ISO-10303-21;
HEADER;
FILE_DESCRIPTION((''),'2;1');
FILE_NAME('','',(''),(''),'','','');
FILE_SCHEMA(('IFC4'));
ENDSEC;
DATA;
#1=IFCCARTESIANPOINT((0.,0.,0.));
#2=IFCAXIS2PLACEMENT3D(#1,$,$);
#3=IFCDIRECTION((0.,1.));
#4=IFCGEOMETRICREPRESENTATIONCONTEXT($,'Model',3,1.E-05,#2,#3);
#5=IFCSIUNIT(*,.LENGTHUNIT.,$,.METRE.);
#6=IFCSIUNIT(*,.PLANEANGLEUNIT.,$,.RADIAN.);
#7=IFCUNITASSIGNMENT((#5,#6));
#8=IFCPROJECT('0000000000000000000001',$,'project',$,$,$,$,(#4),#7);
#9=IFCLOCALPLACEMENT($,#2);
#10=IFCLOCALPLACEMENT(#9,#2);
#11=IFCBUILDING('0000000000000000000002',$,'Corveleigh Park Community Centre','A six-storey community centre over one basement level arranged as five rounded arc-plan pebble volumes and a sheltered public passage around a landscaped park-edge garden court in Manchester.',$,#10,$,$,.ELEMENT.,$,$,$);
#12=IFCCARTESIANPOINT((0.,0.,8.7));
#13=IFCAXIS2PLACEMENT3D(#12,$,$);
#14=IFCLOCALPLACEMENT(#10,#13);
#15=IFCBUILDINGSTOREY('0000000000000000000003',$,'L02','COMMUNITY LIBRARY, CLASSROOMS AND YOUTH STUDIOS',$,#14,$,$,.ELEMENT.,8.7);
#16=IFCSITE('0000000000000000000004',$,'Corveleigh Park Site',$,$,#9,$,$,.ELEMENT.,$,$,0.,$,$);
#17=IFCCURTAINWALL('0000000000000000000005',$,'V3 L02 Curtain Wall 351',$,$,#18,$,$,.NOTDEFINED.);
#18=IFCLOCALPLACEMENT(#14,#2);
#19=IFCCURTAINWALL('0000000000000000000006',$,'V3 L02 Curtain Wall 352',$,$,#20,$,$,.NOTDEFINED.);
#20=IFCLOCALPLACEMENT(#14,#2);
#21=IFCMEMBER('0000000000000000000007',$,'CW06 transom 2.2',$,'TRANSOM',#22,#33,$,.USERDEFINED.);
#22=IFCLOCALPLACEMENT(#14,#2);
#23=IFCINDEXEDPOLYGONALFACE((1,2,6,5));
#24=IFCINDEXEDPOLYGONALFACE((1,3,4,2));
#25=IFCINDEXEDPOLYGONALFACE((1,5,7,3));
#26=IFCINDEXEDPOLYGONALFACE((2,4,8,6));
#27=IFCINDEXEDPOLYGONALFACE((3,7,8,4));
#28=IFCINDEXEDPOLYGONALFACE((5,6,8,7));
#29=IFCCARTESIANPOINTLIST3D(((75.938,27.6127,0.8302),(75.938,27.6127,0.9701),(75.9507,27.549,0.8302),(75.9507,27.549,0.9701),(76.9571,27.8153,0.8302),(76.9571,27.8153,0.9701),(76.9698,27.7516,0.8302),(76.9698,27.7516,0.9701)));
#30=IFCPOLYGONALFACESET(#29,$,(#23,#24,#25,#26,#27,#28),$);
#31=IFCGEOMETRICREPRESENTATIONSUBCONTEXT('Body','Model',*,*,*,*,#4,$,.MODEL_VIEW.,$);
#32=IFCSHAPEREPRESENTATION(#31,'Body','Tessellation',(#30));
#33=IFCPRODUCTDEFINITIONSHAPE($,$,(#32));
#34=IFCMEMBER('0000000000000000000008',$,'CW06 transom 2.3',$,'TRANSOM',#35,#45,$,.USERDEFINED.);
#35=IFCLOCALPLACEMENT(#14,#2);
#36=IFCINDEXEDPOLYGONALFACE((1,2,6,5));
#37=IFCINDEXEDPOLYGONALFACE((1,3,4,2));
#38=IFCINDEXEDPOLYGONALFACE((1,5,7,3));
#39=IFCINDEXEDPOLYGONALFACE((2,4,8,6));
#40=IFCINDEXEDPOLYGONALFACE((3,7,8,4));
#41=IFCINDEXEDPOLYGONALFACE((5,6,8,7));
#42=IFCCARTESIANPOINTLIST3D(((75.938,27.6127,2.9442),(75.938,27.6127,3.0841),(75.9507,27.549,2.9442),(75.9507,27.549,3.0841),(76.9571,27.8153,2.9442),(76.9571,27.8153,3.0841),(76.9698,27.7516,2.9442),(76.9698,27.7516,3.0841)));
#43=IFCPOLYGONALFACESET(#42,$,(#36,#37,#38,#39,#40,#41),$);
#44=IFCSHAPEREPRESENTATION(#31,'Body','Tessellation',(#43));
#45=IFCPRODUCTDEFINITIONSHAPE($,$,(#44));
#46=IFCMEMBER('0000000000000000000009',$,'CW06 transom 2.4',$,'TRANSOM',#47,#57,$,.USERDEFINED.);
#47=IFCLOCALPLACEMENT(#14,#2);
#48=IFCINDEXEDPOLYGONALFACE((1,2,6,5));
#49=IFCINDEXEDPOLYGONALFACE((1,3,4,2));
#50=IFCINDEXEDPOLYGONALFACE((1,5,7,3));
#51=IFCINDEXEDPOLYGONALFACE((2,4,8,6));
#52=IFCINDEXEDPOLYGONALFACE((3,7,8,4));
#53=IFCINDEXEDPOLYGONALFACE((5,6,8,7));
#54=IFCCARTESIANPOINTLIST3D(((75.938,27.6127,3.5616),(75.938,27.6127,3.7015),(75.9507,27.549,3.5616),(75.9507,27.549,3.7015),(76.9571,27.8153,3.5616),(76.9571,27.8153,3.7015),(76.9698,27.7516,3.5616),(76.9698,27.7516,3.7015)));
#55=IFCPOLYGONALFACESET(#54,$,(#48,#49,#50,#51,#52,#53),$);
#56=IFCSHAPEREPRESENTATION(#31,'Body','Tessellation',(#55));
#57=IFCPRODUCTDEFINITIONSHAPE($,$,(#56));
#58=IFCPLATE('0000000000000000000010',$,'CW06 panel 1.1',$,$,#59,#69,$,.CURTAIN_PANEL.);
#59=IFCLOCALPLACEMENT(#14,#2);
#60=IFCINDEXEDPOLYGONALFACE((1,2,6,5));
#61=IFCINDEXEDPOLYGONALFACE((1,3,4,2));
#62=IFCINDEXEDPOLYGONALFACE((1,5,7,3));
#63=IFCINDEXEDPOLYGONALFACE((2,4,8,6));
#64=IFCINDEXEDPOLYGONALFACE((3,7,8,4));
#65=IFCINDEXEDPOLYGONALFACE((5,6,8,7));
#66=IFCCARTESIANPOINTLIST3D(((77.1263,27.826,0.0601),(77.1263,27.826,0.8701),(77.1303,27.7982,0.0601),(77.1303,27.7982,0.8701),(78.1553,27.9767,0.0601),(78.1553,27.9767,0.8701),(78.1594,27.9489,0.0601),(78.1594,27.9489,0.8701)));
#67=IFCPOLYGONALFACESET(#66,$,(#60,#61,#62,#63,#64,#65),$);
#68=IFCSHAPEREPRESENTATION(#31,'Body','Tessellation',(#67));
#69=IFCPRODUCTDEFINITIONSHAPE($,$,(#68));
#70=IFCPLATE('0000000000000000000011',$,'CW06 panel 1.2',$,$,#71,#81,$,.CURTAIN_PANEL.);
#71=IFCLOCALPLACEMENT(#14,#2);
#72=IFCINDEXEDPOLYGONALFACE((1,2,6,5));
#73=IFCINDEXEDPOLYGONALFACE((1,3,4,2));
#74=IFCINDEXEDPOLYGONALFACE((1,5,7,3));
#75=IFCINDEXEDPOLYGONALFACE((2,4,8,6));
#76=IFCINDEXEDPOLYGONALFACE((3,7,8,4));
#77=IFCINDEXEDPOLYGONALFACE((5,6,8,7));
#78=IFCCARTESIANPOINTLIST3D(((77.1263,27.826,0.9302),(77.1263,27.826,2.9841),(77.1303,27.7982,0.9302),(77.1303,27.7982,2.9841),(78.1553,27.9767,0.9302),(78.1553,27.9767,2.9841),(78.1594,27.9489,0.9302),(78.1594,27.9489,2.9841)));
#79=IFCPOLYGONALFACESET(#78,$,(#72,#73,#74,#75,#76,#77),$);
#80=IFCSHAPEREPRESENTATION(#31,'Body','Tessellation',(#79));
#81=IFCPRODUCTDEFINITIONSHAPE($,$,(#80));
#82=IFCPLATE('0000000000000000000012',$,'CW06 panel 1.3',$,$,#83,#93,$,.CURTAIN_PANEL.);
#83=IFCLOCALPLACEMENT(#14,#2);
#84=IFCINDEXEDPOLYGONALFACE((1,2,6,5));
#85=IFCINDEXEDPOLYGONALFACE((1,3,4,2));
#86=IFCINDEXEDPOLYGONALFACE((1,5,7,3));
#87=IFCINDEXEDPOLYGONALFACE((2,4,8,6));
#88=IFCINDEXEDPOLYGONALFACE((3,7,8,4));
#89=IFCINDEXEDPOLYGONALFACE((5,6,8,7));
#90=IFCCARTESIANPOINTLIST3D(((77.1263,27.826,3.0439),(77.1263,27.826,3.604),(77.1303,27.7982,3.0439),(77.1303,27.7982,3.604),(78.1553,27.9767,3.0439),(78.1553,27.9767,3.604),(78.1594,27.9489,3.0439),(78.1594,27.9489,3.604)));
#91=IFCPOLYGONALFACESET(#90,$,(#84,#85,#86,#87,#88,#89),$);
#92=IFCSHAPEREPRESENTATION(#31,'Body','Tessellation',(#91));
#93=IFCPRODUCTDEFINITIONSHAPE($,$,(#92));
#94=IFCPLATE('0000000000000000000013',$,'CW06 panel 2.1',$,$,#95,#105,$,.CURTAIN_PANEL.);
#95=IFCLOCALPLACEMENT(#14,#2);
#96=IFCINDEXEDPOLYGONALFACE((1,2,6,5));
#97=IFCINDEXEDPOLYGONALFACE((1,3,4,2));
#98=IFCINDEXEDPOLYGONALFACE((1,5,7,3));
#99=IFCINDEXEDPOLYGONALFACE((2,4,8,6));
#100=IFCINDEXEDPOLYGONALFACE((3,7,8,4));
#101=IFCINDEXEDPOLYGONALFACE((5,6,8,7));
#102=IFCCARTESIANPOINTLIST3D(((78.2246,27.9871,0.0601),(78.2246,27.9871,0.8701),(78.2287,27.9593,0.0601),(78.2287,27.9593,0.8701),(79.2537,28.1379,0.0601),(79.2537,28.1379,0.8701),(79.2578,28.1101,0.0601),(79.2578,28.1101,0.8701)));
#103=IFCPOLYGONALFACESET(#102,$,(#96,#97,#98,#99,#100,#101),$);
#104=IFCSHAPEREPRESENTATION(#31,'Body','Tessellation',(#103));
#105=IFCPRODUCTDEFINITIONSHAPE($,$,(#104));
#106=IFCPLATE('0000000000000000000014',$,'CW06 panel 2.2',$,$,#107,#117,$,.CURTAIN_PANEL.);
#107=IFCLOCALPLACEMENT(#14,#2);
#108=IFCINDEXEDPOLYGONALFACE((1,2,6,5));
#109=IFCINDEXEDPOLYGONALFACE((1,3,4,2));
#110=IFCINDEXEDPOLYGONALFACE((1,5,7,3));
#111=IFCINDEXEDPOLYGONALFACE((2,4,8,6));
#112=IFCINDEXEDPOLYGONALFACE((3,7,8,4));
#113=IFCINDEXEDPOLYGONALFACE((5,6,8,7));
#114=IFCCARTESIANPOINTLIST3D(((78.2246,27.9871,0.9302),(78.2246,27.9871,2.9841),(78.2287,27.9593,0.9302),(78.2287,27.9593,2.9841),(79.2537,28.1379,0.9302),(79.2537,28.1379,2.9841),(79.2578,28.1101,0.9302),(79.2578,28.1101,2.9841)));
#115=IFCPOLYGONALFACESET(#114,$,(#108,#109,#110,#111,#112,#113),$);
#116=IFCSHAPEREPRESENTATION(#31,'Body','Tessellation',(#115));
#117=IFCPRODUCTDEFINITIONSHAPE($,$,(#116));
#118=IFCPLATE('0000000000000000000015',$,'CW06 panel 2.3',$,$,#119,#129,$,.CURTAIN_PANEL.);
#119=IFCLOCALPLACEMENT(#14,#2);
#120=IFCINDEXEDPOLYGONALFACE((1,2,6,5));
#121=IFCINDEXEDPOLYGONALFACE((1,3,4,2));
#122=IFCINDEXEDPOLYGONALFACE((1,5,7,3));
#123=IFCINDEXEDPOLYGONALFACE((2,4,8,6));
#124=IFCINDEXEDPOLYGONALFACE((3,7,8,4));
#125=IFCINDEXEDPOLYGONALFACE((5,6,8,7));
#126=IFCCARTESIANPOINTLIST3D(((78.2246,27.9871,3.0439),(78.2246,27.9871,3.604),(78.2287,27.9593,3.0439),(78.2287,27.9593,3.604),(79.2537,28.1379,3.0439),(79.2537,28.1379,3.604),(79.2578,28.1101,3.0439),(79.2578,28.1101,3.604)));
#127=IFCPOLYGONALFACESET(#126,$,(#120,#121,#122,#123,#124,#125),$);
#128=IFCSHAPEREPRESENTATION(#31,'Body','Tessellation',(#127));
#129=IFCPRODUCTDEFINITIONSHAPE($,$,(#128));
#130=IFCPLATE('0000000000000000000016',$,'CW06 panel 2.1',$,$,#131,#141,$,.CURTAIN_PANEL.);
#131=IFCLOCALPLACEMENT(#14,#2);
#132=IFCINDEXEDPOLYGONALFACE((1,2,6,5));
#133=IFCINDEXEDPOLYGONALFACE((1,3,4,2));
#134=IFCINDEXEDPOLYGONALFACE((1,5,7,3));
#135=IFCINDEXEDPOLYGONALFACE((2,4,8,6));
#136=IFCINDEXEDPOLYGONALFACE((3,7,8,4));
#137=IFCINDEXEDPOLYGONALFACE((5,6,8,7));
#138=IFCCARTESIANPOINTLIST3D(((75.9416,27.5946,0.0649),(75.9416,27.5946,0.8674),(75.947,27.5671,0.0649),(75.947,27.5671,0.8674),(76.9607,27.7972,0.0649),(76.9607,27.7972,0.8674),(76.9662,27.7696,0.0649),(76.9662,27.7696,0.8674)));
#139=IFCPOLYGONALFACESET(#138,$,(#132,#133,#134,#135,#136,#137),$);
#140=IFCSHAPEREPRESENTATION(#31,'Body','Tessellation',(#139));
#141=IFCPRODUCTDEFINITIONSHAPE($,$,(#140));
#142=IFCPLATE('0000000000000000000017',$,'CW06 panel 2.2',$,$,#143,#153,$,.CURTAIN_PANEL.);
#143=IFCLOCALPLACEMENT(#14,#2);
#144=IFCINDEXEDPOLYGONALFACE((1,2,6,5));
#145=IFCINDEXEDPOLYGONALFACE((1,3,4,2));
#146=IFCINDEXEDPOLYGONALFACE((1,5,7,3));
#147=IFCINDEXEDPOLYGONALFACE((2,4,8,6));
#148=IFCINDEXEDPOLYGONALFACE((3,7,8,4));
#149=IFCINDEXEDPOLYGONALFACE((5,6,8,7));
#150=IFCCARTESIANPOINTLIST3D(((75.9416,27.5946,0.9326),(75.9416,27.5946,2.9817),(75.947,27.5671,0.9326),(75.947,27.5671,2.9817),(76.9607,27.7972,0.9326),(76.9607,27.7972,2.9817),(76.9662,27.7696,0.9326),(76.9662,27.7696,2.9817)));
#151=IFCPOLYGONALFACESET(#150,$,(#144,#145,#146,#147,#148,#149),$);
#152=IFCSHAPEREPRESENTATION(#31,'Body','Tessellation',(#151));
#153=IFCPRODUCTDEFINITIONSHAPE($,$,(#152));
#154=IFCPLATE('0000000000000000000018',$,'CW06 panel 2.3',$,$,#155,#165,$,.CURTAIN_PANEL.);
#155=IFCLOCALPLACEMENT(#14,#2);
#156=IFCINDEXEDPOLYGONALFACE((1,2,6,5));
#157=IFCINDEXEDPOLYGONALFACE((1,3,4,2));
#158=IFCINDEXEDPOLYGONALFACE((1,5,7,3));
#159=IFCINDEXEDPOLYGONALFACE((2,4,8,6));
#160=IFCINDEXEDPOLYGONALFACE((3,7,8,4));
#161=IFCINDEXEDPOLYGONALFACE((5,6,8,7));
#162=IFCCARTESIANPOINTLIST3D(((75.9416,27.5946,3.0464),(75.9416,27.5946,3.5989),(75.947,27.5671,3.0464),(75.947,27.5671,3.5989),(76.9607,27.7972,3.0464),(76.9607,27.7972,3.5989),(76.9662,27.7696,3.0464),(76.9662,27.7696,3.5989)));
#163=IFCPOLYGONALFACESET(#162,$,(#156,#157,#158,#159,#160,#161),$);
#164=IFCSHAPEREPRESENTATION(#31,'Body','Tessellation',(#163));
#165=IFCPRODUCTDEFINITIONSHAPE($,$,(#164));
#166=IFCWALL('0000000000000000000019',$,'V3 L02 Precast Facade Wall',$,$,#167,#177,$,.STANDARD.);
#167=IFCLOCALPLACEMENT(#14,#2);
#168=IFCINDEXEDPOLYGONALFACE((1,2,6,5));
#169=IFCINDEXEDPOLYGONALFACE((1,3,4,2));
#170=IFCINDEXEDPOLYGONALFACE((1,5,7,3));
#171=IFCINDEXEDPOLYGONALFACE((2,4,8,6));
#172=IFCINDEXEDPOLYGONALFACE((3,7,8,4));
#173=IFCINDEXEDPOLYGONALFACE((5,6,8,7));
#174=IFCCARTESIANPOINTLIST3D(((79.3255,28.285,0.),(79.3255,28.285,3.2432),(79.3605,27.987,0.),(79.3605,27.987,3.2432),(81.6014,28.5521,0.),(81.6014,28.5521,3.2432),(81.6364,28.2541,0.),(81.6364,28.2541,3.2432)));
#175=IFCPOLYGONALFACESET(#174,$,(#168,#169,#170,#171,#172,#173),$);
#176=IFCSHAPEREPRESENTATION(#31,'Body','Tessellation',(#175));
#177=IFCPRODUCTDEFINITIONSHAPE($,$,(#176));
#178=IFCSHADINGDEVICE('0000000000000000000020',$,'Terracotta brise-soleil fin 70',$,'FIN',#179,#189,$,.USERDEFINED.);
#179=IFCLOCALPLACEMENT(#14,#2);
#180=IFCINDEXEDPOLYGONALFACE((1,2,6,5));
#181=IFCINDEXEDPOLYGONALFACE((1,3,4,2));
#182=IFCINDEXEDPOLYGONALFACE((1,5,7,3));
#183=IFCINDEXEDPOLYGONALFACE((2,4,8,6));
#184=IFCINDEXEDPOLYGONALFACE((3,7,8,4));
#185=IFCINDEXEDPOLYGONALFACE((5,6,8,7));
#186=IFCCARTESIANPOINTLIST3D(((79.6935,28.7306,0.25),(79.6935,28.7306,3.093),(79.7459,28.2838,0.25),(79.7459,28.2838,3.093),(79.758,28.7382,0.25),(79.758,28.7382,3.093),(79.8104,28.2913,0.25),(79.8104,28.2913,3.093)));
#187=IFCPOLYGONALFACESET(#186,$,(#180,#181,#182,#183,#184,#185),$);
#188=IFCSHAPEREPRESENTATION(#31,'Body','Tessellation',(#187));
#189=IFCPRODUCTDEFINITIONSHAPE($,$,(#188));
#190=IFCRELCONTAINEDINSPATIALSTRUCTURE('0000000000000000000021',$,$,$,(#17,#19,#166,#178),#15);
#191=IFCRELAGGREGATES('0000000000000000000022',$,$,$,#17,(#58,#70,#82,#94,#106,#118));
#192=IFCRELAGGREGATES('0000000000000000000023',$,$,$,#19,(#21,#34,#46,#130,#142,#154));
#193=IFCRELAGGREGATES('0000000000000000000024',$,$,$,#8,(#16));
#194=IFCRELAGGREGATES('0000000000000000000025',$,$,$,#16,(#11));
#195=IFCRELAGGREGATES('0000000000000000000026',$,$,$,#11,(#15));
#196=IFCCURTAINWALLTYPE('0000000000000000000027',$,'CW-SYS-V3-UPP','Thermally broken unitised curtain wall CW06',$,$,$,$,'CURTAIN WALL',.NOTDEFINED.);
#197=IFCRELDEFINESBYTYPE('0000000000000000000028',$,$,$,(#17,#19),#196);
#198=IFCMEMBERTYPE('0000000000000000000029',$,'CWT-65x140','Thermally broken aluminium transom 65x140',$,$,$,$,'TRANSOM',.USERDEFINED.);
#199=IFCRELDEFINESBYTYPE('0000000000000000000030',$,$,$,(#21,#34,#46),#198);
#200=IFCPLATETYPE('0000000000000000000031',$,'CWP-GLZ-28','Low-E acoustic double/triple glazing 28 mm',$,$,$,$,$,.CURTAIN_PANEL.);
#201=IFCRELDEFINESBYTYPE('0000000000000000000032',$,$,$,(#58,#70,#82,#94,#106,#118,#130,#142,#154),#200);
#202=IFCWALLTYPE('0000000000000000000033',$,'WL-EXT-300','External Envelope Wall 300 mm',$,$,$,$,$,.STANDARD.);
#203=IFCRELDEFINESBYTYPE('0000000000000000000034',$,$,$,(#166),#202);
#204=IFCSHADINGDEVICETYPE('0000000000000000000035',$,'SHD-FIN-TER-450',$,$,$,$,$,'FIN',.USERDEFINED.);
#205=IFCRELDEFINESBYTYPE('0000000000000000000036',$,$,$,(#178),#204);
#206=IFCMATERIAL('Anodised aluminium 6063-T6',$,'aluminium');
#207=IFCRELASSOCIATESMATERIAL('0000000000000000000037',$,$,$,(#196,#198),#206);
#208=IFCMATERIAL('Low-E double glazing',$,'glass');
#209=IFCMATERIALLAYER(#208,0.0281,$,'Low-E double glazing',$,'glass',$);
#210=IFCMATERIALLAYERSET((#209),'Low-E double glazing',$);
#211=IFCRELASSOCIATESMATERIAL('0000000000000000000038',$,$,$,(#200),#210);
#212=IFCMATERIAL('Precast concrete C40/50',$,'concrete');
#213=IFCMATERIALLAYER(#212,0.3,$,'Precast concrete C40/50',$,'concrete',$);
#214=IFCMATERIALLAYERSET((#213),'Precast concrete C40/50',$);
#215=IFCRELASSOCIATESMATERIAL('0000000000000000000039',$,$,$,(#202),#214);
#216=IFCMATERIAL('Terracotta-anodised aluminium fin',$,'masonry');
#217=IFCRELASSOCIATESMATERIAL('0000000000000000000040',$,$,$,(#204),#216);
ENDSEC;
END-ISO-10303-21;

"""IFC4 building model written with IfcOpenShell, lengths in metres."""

from ifc_helpers import new_model, si_unit, direction, frame, frame_2d, origin, origin_2d, place, context, subcontext, project, spatial, rectangle, extrude, material, layer, layer_set, material_profile, profile_set, type_object, element, aggregate, save


model = new_model("IFC4")

# Units and contexts
model_context = context("Model", 3, precision=1e-05, world=origin(), true_north=direction((0.0, 1.0)))
body_context = subcontext(model_context, "Body", "Model", "MODEL_VIEW")
ifc_project = project(units=[si_unit("LENGTHUNIT", "METRE"), si_unit("PLANEANGLEUNIT", "RADIAN")], contexts=[model_context])

# Site, building, storey
site_placement = place(None, origin())
site = spatial("IfcSite", under=ifc_project, at=site_placement, Name="Corveleigh Park Site", CompositionType="ELEMENT", RefElevation=0.0)
building_placement = place(site_placement, origin())
building = spatial("IfcBuilding", under=site, at=building_placement, Name="Corveleigh Park Community Centre", Description="A six-storey community centre over one basement level arranged as five rounded arc-plan pebble volumes and a sheltered public passage around a landscaped park-edge garden court in Manchester.", CompositionType="ELEMENT")
storey_placement = place(building_placement, frame((0.0, 0.0, 8.7)))
storey = spatial("IfcBuildingStorey", under=building, at=storey_placement, Name="L02", Description="COMMUNITY LIBRARY, CLASSROOMS AND YOUTH STUDIOS", CompositionType="ELEMENT", Elevation=8.7)

# Curtain walls
ifc_material_1 = material(Name="Anodised aluminium 6063-T6", Category="aluminium")
curtain_wall_type = type_object("IfcCurtainWallType", Name="CW-SYS-V3-UPP", Description="Thermally broken unitised curtain wall CW06", ElementType="CURTAIN WALL", PredefinedType="NOTDEFINED", material=ifc_material_1)
curtain_wall_1_placement = place(storey_placement, origin())
curtain_wall_1 = element("IfcCurtainWall", 1, at=curtain_wall_1_placement, inside=storey, type_object=curtain_wall_type, Name="V3 L02 Curtain Wall 351", PredefinedType="NOTDEFINED")
curtain_wall_2_placement = place(storey_placement, origin())
curtain_wall_2 = element("IfcCurtainWall", 2, at=curtain_wall_2_placement, inside=storey, type_object=curtain_wall_type, Name="V3 L02 Curtain Wall 352", PredefinedType="NOTDEFINED")

# Members
ifc_material_profile_1 = material_profile(ifc_material_1, rectangle(XDim=0.0649, YDim=0.1399, at=origin_2d()), Name="ALU-T65x140", Category="aluminium")
ifc_profile_set_1 = profile_set([ifc_material_profile_1], Name="Anodised aluminium 6063-T6")
member_type_1 = type_object("IfcMemberType", Name="CWT-65x140", Description="Thermally broken aluminium transom 65x140", ElementType="TRANSOM", PredefinedType="USERDEFINED", material=ifc_profile_set_1)
member_1_placement = place(storey_placement, frame((75.9443, 27.5808, 0.9001), z_axis=(0.980797, 0.195032, 0.0), x_axis=(-0.195032, 0.980797, 0.0)))
member_1 = element("IfcMember", 3, at=member_1_placement, type_object=member_type_1, Name="CW06 transom 2.2", ObjectType="TRANSOM", PredefinedType="USERDEFINED", context=body_context, shape_type="SweptSolid", body=[
    extrude(rectangle(XDim=0.0649, YDim=0.1399, at=origin_2d()), origin(), (0.0, 0.0, 1.0), 1.0391),
])
member_2_placement = place(storey_placement, frame((75.9443, 27.5808, 3.0142), z_axis=(0.980797, 0.195032, 0.0), x_axis=(-0.195032, 0.980797, 0.0)))
member_2 = element("IfcMember", 4, at=member_2_placement, type_object=member_type_1, Name="CW06 transom 2.3", ObjectType="TRANSOM", PredefinedType="USERDEFINED", context=body_context, shape_type="SweptSolid", body=[
    extrude(rectangle(XDim=0.0649, YDim=0.1399, at=origin_2d()), origin(), (0.0, 0.0, 1.0), 1.0391),
])
member_3_placement = place(storey_placement, frame((75.9443, 27.5808, 3.6316), z_axis=(0.980797, 0.195032, 0.0), x_axis=(-0.195032, 0.980797, 0.0)))
member_3 = element("IfcMember", 5, at=member_3_placement, type_object=member_type_1, Name="CW06 transom 2.4", ObjectType="TRANSOM", PredefinedType="USERDEFINED", context=body_context, shape_type="SweptSolid", body=[
    extrude(rectangle(XDim=0.0649, YDim=0.1399, at=origin_2d()), origin(), (0.0, 0.0, 1.0), 1.0391),
])

# Plates
ifc_material_2 = material(Name="Low-E double glazing", Category="glass")
ifc_layer_1 = layer(ifc_material_2, 0.0281, Name="Low-E double glazing", Category="glass")
ifc_layer_set_1 = layer_set([ifc_layer_1], Name="Low-E double glazing")
plate_type = type_object("IfcPlateType", Name="CWP-GLZ-28", Description="Low-E acoustic double/triple glazing 28 mm", PredefinedType="CURTAIN_PANEL", material=ifc_layer_set_1)
plate_1_placement = place(storey_placement, frame((77.6428, 27.8875, 0.0601), z_axis=(0.0, 0.0, 1.0), x_axis=(0.989437, 0.144966, 0.0)))
plate_1 = element("IfcPlate", 6, at=plate_1_placement, type_object=plate_type, Name="CW06 panel 1.1", PredefinedType="CURTAIN_PANEL", context=body_context, shape_type="SweptSolid", body=[
    extrude(rectangle(XDim=1.04, YDim=0.0281, at=origin_2d()), origin(), (0.0, 0.0, 1.0), 0.8101),
])
plate_2_placement = place(storey_placement, frame((77.6428, 27.8875, 0.9302), z_axis=(0.0, 0.0, 1.0), x_axis=(0.989437, 0.144966, 0.0)))
plate_2 = element("IfcPlate", 7, at=plate_2_placement, type_object=plate_type, Name="CW06 panel 1.2", PredefinedType="CURTAIN_PANEL", context=body_context, shape_type="SweptSolid", body=[
    extrude(rectangle(XDim=1.04, YDim=0.0281, at=origin_2d()), origin(), (0.0, 0.0, 1.0), 2.054),
])
plate_3_placement = place(storey_placement, frame((77.6428, 27.8875, 3.0439), z_axis=(0.0, 0.0, 1.0), x_axis=(0.989437, 0.144966, 0.0)))
plate_3 = element("IfcPlate", 8, at=plate_3_placement, type_object=plate_type, Name="CW06 panel 1.3", PredefinedType="CURTAIN_PANEL", context=body_context, shape_type="SweptSolid", body=[
    extrude(rectangle(XDim=1.04, YDim=0.0281, at=origin_2d()), origin(), (0.0, 0.0, 1.0), 0.5601),
])
plate_4_placement = place(storey_placement, frame((78.7412, 28.0486, 0.0601), z_axis=(0.0, 0.0, 1.0), x_axis=(0.989437, 0.144966, 0.0)))
plate_4 = element("IfcPlate", 9, at=plate_4_placement, type_object=plate_type, Name="CW06 panel 2.1", PredefinedType="CURTAIN_PANEL", context=body_context, shape_type="SweptSolid", body=[
    extrude(rectangle(XDim=1.04, YDim=0.0281, at=origin_2d()), origin(), (0.0, 0.0, 1.0), 0.8101),
])
plate_5_placement = place(storey_placement, frame((78.7412, 28.0486, 0.9302), z_axis=(0.0, 0.0, 1.0), x_axis=(0.989437, 0.144966, 0.0)))
plate_5 = element("IfcPlate", 10, at=plate_5_placement, type_object=plate_type, Name="CW06 panel 2.2", PredefinedType="CURTAIN_PANEL", context=body_context, shape_type="SweptSolid", body=[
    extrude(rectangle(XDim=1.04, YDim=0.0281, at=origin_2d()), origin(), (0.0, 0.0, 1.0), 2.054),
])
plate_6_placement = place(storey_placement, frame((78.7412, 28.0486, 3.0439), z_axis=(0.0, 0.0, 1.0), x_axis=(0.989437, 0.144966, 0.0)))
plate_6 = element("IfcPlate", 11, at=plate_6_placement, type_object=plate_type, Name="CW06 panel 2.3", PredefinedType="CURTAIN_PANEL", context=body_context, shape_type="SweptSolid", body=[
    extrude(rectangle(XDim=1.04, YDim=0.0281, at=origin_2d()), origin(), (0.0, 0.0, 1.0), 0.5601),
])
aggregate(curtain_wall_1, [plate_1, plate_2, plate_3, plate_4, plate_5, plate_6])
plate_7_placement = place(storey_placement, frame((76.4539, 27.6821, 0.0649), z_axis=(0.0, 0.0, 1.0), x_axis=(0.980814, 0.194947, 0.0)))
plate_7 = element("IfcPlate", 12, at=plate_7_placement, type_object=plate_type, Name="CW06 panel 2.1", PredefinedType="CURTAIN_PANEL", context=body_context, shape_type="SweptSolid", body=[
    extrude(rectangle(XDim=1.0391, YDim=0.0281, at=origin_2d()), origin(), (0.0, 0.0, 1.0), 0.8025),
])
plate_8_placement = place(storey_placement, frame((76.4539, 27.6821, 0.9326), z_axis=(0.0, 0.0, 1.0), x_axis=(0.980814, 0.194947, 0.0)))
plate_8 = element("IfcPlate", 13, at=plate_8_placement, type_object=plate_type, Name="CW06 panel 2.2", PredefinedType="CURTAIN_PANEL", context=body_context, shape_type="SweptSolid", body=[
    extrude(rectangle(XDim=1.0391, YDim=0.0281, at=origin_2d()), origin(), (0.0, 0.0, 1.0), 2.0491),
])
plate_9_placement = place(storey_placement, frame((76.4539, 27.6821, 3.0464), z_axis=(0.0, 0.0, 1.0), x_axis=(0.980814, 0.194947, 0.0)))
plate_9 = element("IfcPlate", 14, at=plate_9_placement, type_object=plate_type, Name="CW06 panel 2.3", PredefinedType="CURTAIN_PANEL", context=body_context, shape_type="SweptSolid", body=[
    extrude(rectangle(XDim=1.0391, YDim=0.0281, at=origin_2d()), origin(), (0.0, 0.0, 1.0), 0.5525),
])
aggregate(curtain_wall_2, [member_1, member_2, member_3, plate_7, plate_8, plate_9])

# Wall
ifc_material_3 = material(Name="Precast concrete C40/50", Category="concrete")
ifc_layer_2 = layer(ifc_material_3, 0.3, Name="Precast concrete C40/50", Category="concrete")
ifc_layer_set_2 = layer_set([ifc_layer_2], Name="Precast concrete C40/50")
wall_type = type_object("IfcWallType", Name="WL-EXT-300", Description="External Envelope Wall 300 mm", PredefinedType="STANDARD", material=ifc_layer_set_2)
wall_placement = place(storey_placement, frame((79.343, 28.136, 0.0), z_axis=(0.0, 0.0, 1.0), x_axis=(0.993184, 0.116557, 0.0)))
element("IfcWall", 15, at=wall_placement, inside=storey, type_object=wall_type, Name="V3 L02 Precast Facade Wall", PredefinedType="STANDARD", context=body_context, shape_type="SweptSolid", body=[
    extrude(rectangle(XDim=2.2915, YDim=0.3, at=frame_2d((1.1458, 0.0))), origin(), (0.0, 0.0, 1.0), 3.2432),
])

# Shading device
ifc_material_4 = material(Name="Terracotta-anodised aluminium fin", Category="masonry")
shading_device_type = type_object("IfcShadingDeviceType", Name="SHD-FIN-TER-450", ElementType="FIN", PredefinedType="USERDEFINED", material=ifc_material_4)
shading_device_placement = place(storey_placement, frame((79.752, 28.511, 0.25), z_axis=(0.0, 0.0, 1.0), x_axis=(-0.116512, 0.993189, 0.0)))
element("IfcShadingDevice", 16, at=shading_device_placement, inside=storey, type_object=shading_device_type, Name="Terracotta brise-soleil fin 70", ObjectType="FIN", PredefinedType="USERDEFINED", context=body_context, shape_type="SweptSolid", body=[
    extrude(rectangle(XDim=0.45, YDim=0.0649, at=origin_2d()), origin(), (0.0, 0.0, 1.0), 2.843),
])

save(model, "model.ifc")
